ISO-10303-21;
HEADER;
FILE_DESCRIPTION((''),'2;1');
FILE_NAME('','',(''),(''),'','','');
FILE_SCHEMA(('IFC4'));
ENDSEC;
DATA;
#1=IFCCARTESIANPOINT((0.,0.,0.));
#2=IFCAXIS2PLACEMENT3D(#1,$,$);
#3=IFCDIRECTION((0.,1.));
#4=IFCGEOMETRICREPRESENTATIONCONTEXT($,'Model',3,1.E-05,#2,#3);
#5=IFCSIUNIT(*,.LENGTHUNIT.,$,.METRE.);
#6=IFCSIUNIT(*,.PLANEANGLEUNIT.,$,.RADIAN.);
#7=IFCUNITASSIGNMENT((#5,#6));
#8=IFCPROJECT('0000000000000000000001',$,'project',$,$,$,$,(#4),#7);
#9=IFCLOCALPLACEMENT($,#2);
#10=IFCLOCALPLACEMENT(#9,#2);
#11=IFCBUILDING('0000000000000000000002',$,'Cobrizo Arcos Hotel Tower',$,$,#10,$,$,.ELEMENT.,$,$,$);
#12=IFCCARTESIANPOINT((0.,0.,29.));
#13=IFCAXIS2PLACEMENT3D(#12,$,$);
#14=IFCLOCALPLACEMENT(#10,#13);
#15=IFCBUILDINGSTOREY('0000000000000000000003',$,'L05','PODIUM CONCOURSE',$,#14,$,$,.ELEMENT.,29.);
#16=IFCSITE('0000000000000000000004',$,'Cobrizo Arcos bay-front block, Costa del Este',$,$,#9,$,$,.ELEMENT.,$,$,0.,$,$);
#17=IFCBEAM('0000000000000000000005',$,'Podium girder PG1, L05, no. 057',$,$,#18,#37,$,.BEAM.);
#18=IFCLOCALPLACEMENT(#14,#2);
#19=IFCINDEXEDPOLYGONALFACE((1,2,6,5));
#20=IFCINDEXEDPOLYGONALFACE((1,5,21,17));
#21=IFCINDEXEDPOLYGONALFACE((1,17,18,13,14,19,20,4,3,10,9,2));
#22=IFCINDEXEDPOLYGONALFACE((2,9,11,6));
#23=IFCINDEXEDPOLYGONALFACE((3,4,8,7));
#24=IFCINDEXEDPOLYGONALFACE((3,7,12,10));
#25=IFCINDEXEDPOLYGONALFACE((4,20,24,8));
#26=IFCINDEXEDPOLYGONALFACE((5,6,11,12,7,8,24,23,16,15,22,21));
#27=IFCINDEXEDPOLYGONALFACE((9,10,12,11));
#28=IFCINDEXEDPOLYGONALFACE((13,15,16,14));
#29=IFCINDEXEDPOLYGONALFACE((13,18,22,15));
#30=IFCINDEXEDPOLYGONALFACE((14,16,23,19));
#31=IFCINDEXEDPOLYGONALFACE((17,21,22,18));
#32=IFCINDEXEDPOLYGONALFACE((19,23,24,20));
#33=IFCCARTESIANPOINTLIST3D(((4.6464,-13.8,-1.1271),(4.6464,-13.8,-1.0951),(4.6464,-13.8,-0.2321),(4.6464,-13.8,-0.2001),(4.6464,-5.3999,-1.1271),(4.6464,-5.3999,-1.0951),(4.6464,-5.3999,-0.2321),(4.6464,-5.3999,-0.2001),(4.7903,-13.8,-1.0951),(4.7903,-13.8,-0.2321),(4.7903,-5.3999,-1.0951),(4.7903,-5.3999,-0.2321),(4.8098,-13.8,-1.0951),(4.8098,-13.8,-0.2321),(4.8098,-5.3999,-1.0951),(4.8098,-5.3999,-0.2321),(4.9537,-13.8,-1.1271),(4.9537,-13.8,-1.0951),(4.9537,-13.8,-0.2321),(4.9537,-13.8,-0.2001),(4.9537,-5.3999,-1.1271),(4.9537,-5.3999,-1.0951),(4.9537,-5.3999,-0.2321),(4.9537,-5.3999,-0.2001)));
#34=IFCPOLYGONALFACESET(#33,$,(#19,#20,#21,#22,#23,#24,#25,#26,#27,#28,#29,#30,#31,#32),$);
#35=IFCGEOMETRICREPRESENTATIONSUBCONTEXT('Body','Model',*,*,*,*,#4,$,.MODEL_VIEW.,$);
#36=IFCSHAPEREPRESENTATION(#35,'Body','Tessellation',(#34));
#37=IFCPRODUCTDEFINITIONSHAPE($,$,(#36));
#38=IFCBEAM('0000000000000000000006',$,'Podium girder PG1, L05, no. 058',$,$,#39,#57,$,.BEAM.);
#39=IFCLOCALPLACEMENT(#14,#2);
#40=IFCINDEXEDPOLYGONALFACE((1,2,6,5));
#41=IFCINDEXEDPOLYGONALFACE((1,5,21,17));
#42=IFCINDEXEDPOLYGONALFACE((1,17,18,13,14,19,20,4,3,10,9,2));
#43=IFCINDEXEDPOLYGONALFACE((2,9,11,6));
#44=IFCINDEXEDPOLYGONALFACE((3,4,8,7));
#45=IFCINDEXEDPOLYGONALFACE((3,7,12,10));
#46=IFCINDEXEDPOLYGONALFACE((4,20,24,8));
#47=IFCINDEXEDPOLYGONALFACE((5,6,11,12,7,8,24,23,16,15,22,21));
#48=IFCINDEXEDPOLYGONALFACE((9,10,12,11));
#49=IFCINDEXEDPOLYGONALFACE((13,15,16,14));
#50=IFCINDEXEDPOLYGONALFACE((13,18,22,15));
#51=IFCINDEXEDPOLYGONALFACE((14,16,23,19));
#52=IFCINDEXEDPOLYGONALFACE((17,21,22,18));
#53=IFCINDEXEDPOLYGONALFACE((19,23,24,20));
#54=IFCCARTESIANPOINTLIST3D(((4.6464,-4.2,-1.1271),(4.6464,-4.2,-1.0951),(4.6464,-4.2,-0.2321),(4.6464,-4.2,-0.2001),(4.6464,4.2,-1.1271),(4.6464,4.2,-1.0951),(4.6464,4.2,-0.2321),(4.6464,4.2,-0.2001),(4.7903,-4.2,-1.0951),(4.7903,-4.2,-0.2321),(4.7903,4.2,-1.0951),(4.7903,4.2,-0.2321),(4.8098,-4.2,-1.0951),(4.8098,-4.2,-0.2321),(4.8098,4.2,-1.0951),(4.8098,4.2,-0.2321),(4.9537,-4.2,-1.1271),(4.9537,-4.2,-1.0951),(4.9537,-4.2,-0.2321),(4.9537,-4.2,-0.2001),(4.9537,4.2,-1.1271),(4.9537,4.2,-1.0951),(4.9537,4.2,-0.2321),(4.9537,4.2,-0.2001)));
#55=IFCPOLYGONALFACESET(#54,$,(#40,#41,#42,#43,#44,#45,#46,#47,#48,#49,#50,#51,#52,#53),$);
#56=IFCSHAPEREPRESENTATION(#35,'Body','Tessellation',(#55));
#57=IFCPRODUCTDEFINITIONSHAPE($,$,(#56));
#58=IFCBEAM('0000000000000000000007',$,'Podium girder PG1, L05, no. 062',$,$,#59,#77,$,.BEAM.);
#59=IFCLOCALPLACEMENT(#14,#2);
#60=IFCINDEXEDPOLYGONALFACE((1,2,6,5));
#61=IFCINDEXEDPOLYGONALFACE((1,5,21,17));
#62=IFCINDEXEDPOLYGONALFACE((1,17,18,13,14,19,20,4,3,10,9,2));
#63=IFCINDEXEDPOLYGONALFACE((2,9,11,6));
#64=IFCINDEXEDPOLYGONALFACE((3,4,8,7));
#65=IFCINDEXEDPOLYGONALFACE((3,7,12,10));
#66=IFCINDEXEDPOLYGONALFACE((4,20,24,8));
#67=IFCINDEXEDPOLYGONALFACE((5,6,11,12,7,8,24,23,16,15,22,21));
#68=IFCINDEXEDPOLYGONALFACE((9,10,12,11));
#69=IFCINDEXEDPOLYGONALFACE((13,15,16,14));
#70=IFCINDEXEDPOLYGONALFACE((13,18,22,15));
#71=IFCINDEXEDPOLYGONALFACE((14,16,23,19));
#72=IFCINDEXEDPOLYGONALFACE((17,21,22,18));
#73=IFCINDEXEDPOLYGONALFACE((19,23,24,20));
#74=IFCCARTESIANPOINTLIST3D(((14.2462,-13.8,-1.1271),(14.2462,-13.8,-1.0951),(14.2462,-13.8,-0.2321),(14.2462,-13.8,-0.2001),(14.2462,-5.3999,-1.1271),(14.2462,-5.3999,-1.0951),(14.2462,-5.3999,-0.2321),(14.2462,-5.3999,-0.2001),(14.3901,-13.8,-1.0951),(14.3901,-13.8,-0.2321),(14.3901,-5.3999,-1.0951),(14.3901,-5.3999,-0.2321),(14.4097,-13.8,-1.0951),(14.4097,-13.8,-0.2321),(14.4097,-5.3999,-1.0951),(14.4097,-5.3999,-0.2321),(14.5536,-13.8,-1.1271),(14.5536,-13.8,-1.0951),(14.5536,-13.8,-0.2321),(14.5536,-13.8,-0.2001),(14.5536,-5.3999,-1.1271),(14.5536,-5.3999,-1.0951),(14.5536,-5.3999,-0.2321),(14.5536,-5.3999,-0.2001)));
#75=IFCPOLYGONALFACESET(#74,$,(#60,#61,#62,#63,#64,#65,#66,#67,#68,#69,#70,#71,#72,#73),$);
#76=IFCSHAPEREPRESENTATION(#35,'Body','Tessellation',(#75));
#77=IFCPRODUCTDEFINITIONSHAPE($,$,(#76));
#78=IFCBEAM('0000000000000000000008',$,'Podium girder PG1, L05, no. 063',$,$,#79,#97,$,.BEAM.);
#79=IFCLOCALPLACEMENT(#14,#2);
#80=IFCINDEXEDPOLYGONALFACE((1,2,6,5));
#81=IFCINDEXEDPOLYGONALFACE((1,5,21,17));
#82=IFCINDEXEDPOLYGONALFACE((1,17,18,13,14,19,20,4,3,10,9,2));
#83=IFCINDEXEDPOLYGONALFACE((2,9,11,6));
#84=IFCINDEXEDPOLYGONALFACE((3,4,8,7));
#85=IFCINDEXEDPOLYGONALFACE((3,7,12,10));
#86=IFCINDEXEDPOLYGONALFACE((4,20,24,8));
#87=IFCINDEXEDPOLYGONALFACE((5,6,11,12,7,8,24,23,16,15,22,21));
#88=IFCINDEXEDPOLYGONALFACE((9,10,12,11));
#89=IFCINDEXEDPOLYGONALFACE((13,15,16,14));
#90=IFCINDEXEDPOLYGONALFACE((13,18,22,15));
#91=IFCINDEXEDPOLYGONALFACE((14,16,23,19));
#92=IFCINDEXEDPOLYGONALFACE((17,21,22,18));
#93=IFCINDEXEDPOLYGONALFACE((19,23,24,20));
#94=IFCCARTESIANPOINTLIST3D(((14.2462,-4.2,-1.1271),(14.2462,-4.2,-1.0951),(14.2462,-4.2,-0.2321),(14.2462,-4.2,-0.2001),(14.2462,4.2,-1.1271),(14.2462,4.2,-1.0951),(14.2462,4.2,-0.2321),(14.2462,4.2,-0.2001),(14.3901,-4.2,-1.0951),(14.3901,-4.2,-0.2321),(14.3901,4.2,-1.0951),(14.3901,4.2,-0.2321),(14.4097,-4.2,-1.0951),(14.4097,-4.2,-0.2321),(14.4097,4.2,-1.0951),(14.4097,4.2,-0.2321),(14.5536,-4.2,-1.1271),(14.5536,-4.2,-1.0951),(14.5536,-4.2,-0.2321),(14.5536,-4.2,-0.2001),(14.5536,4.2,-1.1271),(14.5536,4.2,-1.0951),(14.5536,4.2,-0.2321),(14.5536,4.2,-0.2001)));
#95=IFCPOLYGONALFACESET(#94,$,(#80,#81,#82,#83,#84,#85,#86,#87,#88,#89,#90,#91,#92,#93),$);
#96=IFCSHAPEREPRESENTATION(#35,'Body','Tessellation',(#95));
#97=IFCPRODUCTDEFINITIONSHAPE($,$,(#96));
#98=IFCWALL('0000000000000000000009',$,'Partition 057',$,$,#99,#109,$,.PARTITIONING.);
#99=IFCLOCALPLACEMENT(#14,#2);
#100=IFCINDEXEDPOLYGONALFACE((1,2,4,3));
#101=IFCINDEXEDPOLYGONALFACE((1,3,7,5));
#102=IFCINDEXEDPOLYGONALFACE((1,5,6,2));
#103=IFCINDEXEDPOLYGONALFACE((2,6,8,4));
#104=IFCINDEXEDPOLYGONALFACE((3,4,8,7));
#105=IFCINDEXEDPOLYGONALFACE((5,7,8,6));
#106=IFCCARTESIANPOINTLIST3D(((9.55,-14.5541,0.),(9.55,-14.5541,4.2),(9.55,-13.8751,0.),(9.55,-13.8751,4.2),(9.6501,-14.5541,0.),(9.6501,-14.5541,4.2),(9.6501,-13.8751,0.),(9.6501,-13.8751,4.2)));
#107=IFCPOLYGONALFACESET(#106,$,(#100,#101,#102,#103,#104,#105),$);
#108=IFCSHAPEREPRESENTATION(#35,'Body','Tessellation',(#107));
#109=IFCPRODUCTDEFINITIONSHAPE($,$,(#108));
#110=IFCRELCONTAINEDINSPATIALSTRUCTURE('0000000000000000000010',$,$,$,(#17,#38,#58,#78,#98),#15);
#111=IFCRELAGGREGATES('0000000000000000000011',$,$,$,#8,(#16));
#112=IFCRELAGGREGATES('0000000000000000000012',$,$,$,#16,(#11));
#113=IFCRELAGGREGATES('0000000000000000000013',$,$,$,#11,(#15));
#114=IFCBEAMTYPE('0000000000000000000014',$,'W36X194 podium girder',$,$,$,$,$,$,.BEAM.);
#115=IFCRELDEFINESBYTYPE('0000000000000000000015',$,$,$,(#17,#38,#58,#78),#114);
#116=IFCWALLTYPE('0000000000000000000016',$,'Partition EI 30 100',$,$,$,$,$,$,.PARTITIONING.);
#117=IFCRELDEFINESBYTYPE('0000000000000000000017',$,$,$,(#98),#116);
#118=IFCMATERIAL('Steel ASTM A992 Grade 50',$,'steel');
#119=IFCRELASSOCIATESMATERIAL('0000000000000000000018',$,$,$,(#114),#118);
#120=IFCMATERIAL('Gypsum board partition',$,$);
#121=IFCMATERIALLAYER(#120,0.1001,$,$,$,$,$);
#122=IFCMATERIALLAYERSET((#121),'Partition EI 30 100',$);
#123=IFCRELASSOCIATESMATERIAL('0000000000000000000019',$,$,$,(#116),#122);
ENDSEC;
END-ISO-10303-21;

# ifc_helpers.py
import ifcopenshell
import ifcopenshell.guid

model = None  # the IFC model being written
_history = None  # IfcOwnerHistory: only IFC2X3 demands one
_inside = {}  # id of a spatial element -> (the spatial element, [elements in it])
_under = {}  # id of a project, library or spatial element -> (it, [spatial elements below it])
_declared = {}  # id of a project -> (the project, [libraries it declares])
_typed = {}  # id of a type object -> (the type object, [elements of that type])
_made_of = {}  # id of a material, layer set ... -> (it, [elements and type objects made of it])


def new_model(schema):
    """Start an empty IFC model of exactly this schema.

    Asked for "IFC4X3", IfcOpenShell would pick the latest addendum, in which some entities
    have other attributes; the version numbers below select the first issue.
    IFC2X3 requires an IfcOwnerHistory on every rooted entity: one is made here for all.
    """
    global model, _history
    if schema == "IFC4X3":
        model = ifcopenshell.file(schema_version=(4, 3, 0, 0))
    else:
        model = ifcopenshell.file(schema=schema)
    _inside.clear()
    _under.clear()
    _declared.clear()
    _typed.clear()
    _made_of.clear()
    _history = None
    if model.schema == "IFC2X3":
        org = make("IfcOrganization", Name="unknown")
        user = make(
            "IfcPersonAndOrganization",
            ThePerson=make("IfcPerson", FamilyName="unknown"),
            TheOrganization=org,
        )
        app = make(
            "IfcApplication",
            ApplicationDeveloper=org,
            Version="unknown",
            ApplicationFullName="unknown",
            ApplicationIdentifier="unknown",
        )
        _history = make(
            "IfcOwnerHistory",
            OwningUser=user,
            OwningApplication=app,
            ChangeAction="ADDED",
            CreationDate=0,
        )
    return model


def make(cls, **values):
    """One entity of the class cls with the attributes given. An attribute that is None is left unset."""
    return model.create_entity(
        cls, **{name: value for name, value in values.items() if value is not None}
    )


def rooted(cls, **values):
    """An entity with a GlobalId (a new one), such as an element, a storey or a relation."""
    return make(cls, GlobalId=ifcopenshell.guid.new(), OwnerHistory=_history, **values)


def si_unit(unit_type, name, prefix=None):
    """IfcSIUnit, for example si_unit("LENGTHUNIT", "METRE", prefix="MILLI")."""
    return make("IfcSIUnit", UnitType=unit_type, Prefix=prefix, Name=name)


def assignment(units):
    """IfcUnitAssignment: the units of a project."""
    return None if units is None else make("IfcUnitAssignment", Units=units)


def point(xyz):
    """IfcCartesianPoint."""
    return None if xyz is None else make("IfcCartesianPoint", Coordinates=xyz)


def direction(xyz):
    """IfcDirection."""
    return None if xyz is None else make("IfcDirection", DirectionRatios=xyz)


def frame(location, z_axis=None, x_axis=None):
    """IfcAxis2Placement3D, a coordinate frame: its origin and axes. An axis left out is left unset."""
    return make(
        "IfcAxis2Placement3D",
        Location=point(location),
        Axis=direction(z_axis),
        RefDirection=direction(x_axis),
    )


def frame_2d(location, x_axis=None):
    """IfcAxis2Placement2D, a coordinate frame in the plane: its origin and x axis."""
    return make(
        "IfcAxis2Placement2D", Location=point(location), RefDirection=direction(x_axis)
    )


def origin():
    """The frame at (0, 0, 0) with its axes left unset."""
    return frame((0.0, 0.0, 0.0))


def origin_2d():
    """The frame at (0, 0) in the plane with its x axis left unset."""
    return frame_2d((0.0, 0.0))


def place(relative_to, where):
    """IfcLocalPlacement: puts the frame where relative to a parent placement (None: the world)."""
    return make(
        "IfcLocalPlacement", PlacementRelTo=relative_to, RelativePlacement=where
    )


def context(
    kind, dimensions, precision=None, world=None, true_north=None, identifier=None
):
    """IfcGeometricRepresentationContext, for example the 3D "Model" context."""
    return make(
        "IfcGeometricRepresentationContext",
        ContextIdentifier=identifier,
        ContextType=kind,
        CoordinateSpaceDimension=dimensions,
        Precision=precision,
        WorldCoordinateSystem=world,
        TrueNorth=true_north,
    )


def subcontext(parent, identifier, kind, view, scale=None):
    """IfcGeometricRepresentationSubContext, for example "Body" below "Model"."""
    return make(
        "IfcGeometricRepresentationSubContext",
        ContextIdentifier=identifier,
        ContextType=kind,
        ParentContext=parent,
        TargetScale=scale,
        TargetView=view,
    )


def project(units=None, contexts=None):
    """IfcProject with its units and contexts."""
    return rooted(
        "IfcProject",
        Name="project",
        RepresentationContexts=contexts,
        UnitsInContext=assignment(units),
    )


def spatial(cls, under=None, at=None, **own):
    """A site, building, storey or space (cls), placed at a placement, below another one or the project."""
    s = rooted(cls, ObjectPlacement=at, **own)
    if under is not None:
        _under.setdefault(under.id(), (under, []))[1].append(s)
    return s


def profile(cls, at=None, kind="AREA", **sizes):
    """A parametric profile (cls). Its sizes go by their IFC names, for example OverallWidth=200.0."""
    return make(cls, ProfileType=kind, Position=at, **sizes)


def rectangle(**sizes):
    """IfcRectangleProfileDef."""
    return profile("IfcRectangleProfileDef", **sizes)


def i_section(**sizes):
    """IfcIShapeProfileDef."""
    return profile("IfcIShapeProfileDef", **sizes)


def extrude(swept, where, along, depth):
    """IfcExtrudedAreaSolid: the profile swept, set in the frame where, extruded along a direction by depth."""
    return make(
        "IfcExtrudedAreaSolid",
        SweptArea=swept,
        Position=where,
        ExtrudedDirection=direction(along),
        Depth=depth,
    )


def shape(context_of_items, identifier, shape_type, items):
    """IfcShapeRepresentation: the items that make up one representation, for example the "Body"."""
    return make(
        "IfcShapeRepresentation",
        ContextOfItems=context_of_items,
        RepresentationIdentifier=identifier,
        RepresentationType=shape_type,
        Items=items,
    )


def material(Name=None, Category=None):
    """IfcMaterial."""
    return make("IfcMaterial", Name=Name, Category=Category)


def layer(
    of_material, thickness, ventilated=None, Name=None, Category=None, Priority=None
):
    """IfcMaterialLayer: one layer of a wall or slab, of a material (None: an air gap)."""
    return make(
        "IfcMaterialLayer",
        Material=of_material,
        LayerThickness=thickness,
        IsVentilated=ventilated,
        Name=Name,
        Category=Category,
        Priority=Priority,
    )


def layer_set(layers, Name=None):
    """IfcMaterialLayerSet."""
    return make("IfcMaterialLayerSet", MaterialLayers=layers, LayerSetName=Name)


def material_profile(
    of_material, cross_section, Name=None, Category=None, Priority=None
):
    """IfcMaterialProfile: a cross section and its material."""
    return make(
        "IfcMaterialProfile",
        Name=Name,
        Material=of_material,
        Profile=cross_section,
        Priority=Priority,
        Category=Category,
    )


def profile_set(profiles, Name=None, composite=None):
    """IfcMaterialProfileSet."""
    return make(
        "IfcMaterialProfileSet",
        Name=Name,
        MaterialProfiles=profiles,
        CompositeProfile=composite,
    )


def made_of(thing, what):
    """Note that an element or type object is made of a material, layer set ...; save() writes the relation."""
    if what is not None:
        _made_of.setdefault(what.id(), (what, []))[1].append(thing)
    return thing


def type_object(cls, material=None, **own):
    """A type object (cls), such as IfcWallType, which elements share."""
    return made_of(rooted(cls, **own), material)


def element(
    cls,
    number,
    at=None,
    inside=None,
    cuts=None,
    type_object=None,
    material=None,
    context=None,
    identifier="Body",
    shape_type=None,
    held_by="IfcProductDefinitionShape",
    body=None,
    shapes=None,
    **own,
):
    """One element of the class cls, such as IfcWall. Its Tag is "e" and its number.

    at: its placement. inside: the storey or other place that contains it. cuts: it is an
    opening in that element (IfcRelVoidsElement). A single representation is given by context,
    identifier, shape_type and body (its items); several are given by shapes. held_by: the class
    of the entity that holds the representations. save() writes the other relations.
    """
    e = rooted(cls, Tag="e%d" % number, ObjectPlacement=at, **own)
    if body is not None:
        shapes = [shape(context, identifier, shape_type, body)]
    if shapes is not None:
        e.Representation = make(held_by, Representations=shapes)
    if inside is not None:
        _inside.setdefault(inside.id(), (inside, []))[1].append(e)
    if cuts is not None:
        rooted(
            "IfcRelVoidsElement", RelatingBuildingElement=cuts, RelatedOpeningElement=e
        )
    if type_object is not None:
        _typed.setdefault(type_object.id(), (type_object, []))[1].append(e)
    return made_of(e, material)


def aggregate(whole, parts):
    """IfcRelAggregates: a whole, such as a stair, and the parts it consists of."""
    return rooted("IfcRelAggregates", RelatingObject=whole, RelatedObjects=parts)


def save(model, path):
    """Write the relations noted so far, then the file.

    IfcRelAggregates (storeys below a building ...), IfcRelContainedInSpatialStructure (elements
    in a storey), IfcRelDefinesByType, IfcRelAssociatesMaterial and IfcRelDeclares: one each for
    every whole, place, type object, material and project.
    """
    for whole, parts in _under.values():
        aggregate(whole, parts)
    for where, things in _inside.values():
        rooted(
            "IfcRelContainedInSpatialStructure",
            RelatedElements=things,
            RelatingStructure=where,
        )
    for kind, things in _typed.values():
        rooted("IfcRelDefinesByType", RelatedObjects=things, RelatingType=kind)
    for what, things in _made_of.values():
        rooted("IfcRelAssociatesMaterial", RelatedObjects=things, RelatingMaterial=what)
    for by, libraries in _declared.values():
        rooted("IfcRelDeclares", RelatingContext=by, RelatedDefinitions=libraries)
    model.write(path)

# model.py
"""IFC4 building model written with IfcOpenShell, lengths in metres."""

from ifc_helpers import new_model, si_unit, direction, frame, frame_2d, origin, origin_2d, place, context, subcontext, project, spatial, rectangle, i_section, extrude, material, layer, layer_set, material_profile, profile_set, type_object, element, save


model = new_model("IFC4")

# Units and contexts
model_context = context("Model", 3, precision=1e-05, world=origin(), true_north=direction((0.0, 1.0)))
body_context = subcontext(model_context, "Body", "Model", "MODEL_VIEW")
ifc_project = project(units=[si_unit("LENGTHUNIT", "METRE"), si_unit("PLANEANGLEUNIT", "RADIAN")], contexts=[model_context])

# Site, building, storey
site_placement = place(None, origin())
site = spatial("IfcSite", under=ifc_project, at=site_placement, Name="Cobrizo Arcos bay-front block, Costa del Este", CompositionType="ELEMENT", RefElevation=0.0)
building_placement = place(site_placement, origin())
building = spatial("IfcBuilding", under=site, at=building_placement, Name="Cobrizo Arcos Hotel Tower", CompositionType="ELEMENT")
storey_placement = place(building_placement, frame((0.0, 0.0, 29.0)))
storey = spatial("IfcBuildingStorey", under=building, at=storey_placement, Name="L05", Description="PODIUM CONCOURSE", CompositionType="ELEMENT", Elevation=29.0)

# Beams
ifc_material_1 = material(Name="Steel ASTM A992 Grade 50", Category="steel")
ifc_material_profile_1 = material_profile(ifc_material_1, i_section(OverallWidth=0.3074, OverallDepth=0.927, WebThickness=0.0195, FlangeThickness=0.032, at=origin_2d()), Name="W36X194")
ifc_profile_set_1 = profile_set([ifc_material_profile_1], Name="Steel ASTM A992 Grade 50")
beam_type_1 = type_object("IfcBeamType", Name="W36X194 podium girder", PredefinedType="BEAM", material=ifc_profile_set_1)
beam_1_placement = place(storey_placement, frame((4.8, -13.8, -0.6636), z_axis=(0.0, 1.0, 0.0), x_axis=(-1.0, 0.0, 0.0)))
element("IfcBeam", 1, at=beam_1_placement, inside=storey, type_object=beam_type_1, Name="Podium girder PG1, L05, no. 057", PredefinedType="BEAM", context=body_context, shape_type="SweptSolid", body=[
    extrude(i_section(OverallWidth=0.3074, OverallDepth=0.927, WebThickness=0.0195, FlangeThickness=0.032, at=origin_2d()), origin(), (0.0, 0.0, 1.0), 8.4001),
])
beam_2_placement = place(storey_placement, frame((4.8, -4.2, -0.6636), z_axis=(0.0, 1.0, 0.0), x_axis=(-1.0, 0.0, 0.0)))
element("IfcBeam", 2, at=beam_2_placement, inside=storey, type_object=beam_type_1, Name="Podium girder PG1, L05, no. 058", PredefinedType="BEAM", context=body_context, shape_type="SweptSolid", body=[
    extrude(i_section(OverallWidth=0.3074, OverallDepth=0.927, WebThickness=0.0195, FlangeThickness=0.032, at=origin_2d()), origin(), (0.0, 0.0, 1.0), 8.3999),
])
beam_3_placement = place(storey_placement, frame((14.3999, -13.8, -0.6636), z_axis=(0.0, 1.0, 0.0), x_axis=(-1.0, 0.0, 0.0)))
element("IfcBeam", 3, at=beam_3_placement, inside=storey, type_object=beam_type_1, Name="Podium girder PG1, L05, no. 062", PredefinedType="BEAM", context=body_context, shape_type="SweptSolid", body=[
    extrude(i_section(OverallWidth=0.3074, OverallDepth=0.927, WebThickness=0.0195, FlangeThickness=0.032, at=origin_2d()), origin(), (0.0, 0.0, 1.0), 8.4001),
])
beam_4_placement = place(storey_placement, frame((14.3999, -4.2, -0.6636), z_axis=(0.0, 1.0, 0.0), x_axis=(-1.0, 0.0, 0.0)))
element("IfcBeam", 4, at=beam_4_placement, inside=storey, type_object=beam_type_1, Name="Podium girder PG1, L05, no. 063", PredefinedType="BEAM", context=body_context, shape_type="SweptSolid", body=[
    extrude(i_section(OverallWidth=0.3074, OverallDepth=0.927, WebThickness=0.0195, FlangeThickness=0.032, at=origin_2d()), origin(), (0.0, 0.0, 1.0), 8.3999),
])

# Wall
ifc_material_2 = material(Name="Gypsum board partition")
ifc_layer = layer(ifc_material_2, 0.1001)
ifc_layer_set = layer_set([ifc_layer], Name="Partition EI 30 100")
wall_type = type_object("IfcWallType", Name="Partition EI 30 100", PredefinedType="PARTITIONING", material=ifc_layer_set)
wall_placement = place(storey_placement, frame((9.6001, -14.554, 0.0), z_axis=(0.0, 0.0, 1.0), x_axis=(0.0, 1.0, 0.0)))
element("IfcWall", 5, at=wall_placement, inside=storey, type_object=wall_type, Name="Partition 057", PredefinedType="PARTITIONING", context=body_context, shape_type="SweptSolid", body=[
    extrude(rectangle(XDim=0.679, YDim=0.1001, at=frame_2d((0.3394, 0.0))), origin(), (0.0, 0.0, 1.0), 4.2),
])

save(model, "model.ifc")
